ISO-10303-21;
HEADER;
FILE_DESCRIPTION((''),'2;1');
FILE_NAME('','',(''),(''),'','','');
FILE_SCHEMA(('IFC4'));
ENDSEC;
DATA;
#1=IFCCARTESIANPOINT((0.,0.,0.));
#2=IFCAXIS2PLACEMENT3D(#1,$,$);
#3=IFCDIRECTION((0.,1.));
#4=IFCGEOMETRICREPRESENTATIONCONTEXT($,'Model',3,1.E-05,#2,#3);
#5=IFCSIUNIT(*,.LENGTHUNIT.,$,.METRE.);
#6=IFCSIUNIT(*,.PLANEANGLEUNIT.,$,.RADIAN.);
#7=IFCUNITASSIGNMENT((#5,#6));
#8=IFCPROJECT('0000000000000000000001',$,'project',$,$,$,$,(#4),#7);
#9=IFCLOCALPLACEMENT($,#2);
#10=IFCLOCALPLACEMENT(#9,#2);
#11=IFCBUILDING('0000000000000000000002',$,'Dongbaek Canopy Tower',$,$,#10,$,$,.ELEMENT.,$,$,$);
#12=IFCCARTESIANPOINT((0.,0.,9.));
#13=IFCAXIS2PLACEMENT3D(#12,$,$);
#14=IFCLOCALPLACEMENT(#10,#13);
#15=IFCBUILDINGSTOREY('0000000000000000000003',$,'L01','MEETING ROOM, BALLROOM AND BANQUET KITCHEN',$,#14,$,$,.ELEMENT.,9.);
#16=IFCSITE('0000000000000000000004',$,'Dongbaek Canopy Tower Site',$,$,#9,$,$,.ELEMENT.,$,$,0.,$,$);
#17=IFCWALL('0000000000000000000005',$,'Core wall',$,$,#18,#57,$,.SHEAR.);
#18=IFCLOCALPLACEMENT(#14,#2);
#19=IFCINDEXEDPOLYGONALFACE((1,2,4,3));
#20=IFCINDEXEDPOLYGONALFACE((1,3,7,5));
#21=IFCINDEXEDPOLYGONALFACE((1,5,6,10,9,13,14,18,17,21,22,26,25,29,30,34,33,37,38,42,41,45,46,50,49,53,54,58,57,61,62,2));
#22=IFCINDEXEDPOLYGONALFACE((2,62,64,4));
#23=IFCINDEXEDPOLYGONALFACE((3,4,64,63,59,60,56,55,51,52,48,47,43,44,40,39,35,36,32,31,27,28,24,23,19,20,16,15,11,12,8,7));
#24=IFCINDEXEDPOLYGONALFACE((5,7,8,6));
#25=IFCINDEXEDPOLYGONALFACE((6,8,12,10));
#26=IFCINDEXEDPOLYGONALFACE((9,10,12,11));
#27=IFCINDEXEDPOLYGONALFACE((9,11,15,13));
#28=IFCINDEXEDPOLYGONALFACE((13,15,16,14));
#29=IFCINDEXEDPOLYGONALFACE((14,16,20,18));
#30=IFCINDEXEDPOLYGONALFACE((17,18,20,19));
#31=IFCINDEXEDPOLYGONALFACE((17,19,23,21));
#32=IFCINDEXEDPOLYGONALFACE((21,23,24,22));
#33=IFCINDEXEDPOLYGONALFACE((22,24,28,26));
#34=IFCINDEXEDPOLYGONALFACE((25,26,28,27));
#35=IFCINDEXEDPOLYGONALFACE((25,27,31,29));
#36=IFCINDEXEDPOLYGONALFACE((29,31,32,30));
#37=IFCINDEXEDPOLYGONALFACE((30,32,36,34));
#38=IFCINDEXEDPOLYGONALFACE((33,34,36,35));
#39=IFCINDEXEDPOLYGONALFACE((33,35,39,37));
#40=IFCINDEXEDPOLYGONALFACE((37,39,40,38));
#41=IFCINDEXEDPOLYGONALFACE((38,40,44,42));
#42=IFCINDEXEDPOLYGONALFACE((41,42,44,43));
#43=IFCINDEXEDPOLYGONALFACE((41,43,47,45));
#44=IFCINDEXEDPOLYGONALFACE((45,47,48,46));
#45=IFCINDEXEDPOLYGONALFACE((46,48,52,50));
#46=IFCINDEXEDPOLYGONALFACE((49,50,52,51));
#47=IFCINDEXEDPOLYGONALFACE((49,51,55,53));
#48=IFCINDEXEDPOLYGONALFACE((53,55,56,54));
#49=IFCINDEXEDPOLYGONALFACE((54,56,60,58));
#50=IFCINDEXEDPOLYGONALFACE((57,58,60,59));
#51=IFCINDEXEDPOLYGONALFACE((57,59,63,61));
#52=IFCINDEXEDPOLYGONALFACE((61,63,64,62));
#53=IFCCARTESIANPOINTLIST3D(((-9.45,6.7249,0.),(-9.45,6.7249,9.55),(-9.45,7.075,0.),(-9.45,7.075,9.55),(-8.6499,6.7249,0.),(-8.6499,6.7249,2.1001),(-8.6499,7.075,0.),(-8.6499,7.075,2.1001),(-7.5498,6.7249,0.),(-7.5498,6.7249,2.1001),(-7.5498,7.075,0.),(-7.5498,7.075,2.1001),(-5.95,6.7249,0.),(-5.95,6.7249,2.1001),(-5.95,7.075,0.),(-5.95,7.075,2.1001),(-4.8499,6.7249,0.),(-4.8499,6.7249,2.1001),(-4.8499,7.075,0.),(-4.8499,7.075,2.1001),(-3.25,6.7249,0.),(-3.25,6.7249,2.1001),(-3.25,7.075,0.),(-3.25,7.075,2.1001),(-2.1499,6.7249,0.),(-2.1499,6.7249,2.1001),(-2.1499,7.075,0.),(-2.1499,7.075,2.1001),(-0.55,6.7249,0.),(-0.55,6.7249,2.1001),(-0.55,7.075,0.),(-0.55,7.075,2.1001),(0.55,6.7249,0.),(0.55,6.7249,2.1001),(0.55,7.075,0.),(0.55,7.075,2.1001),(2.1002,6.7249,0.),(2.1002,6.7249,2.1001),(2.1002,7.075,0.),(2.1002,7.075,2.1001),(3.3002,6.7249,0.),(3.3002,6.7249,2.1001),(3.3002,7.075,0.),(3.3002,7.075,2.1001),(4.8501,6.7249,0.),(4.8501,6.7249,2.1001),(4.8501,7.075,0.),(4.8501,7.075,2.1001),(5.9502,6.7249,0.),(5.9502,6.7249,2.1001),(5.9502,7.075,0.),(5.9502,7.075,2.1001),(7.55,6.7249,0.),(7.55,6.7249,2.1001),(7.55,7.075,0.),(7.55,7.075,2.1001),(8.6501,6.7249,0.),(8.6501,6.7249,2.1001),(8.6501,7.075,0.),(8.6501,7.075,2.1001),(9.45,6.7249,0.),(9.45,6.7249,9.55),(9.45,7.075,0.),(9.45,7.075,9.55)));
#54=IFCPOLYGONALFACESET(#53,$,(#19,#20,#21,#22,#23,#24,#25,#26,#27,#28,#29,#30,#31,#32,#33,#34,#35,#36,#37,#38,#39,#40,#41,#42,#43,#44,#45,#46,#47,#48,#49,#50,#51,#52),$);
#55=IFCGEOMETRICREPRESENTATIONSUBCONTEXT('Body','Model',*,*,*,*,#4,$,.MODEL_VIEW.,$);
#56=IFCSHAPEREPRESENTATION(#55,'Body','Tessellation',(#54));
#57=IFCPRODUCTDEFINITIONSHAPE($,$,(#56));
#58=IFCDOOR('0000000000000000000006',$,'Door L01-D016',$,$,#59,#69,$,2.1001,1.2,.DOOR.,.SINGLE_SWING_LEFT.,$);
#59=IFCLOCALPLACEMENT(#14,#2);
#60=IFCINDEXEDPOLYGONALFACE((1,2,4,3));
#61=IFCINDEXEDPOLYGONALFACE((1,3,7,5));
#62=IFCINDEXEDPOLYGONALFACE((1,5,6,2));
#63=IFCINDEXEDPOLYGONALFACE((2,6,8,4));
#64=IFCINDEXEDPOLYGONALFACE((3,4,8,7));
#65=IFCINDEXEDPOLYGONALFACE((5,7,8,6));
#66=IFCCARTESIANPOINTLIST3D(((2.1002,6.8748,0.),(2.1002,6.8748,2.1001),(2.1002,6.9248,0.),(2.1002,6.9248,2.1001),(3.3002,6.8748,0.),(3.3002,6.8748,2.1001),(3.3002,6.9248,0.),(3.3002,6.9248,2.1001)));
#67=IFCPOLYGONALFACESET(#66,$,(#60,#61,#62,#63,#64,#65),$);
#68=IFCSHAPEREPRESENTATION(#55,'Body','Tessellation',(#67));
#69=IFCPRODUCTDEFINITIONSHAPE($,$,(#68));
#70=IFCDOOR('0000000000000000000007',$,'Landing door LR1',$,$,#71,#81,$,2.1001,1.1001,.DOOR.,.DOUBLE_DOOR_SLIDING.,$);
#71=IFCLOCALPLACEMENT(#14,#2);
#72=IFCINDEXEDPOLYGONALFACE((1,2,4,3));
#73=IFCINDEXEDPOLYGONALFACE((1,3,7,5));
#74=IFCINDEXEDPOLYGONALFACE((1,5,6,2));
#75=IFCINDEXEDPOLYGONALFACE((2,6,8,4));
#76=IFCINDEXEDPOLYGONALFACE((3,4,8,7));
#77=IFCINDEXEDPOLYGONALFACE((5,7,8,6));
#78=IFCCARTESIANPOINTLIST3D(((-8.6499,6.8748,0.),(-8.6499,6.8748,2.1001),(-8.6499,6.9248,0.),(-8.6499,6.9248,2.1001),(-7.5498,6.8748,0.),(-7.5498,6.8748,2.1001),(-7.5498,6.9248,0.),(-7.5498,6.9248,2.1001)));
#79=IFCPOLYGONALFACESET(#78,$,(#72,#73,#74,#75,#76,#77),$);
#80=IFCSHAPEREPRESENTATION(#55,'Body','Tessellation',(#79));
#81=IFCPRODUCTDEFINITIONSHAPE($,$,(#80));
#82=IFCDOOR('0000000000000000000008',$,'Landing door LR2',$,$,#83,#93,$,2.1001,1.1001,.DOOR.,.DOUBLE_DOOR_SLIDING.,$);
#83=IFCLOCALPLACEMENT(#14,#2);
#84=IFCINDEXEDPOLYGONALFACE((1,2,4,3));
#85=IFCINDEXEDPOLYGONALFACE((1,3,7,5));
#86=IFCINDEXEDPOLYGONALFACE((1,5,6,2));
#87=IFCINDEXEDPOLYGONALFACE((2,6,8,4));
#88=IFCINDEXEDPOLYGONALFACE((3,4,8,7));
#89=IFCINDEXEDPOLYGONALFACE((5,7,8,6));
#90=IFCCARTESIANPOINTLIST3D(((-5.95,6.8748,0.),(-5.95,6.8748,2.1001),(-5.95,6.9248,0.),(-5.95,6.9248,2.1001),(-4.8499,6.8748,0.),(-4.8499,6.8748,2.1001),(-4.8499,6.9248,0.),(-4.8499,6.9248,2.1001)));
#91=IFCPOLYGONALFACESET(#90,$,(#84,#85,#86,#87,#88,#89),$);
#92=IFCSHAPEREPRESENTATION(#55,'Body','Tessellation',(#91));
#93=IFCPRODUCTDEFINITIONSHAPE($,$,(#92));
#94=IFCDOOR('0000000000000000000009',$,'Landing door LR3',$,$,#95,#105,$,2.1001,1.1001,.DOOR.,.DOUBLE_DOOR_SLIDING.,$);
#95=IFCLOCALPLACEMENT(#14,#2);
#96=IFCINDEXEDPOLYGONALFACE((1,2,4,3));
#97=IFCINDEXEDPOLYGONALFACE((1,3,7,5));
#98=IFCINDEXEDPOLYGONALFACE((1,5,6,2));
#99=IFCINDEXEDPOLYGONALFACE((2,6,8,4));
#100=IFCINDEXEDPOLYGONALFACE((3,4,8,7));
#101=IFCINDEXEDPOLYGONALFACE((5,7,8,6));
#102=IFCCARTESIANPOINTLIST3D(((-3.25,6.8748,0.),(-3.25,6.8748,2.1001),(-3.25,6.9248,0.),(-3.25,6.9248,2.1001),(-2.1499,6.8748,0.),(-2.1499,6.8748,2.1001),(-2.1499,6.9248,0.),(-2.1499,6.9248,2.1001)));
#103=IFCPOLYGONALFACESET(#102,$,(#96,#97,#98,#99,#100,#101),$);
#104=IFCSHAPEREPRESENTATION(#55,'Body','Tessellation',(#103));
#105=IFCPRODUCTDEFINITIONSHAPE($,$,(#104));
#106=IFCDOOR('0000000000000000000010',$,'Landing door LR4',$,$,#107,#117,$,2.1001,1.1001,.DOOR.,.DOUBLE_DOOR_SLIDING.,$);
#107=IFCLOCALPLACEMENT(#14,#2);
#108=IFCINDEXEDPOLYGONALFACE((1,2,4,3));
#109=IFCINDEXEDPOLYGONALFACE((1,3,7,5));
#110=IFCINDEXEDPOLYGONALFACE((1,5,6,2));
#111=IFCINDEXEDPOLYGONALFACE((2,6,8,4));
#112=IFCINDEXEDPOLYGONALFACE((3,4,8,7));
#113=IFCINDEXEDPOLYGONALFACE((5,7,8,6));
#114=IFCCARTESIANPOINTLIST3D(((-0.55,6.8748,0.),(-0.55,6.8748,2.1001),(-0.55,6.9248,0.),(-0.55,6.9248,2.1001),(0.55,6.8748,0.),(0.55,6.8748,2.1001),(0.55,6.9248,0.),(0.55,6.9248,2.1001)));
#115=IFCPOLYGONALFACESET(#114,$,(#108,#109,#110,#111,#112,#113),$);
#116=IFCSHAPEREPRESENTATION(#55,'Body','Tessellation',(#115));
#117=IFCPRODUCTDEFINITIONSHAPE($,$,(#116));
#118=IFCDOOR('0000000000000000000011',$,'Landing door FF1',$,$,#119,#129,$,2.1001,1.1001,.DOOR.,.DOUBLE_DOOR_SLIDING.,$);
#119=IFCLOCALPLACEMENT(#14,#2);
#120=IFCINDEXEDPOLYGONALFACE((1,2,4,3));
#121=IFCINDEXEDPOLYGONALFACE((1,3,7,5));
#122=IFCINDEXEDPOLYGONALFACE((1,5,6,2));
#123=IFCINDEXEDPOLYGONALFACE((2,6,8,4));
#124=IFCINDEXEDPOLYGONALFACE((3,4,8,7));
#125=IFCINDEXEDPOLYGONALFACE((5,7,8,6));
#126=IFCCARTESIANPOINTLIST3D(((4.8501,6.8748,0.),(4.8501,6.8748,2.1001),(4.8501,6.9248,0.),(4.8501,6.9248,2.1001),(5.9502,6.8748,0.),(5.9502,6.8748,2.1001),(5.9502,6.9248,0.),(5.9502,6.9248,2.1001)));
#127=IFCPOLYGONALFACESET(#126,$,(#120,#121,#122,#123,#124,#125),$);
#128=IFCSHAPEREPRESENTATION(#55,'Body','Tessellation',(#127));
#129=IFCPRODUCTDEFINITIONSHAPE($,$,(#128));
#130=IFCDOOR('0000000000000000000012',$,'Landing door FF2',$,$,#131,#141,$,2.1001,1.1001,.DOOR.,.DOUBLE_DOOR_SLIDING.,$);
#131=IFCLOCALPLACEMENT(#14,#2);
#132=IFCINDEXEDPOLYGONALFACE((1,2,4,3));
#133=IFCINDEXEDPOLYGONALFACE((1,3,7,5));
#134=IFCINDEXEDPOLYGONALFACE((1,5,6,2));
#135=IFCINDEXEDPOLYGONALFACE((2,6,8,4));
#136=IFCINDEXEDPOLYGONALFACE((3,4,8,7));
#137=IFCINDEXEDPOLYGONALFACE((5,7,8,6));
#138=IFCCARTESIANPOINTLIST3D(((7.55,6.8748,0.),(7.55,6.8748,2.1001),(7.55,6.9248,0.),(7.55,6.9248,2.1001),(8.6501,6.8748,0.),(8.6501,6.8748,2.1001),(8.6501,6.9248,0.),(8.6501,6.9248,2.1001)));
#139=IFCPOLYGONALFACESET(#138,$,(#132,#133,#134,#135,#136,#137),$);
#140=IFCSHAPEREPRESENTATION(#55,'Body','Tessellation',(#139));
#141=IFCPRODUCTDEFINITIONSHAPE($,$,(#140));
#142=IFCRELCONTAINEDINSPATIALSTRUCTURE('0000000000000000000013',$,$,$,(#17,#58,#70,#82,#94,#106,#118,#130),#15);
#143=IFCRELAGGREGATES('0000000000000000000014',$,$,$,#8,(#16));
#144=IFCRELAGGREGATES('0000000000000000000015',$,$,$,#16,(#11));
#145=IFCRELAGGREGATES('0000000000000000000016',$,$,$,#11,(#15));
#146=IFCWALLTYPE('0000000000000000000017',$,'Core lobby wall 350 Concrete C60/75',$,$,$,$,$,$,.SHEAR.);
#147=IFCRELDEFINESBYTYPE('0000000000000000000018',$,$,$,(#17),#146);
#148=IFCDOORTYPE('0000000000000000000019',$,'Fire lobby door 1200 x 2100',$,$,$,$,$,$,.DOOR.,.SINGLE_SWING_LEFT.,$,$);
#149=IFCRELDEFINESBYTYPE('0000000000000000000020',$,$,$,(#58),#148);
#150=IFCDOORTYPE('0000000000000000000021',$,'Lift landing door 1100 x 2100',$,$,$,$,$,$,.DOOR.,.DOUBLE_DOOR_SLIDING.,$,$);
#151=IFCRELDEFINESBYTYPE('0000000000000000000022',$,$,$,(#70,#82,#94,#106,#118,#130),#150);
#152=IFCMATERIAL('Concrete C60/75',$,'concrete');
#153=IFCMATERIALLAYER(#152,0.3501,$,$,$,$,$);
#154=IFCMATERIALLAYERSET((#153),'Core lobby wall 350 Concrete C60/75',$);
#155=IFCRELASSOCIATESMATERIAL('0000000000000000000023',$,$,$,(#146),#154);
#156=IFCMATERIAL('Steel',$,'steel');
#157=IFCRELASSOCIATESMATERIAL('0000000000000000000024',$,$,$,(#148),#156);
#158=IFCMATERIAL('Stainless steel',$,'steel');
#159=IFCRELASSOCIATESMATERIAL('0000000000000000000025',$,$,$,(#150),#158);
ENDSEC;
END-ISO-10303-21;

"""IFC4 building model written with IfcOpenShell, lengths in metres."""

from ifc_helpers import new_model, si_unit, direction, frame, frame_2d, origin, place, context, subcontext, project, spatial, rectangle, extrude, material, layer, layer_set, type_object, element, fill, save


model = new_model("IFC4")

# Units and contexts
model_context = context("Model", 3, precision=1e-05, world=origin(), true_north=direction((0.0, 1.0)))
body_context = subcontext(model_context, "Body", "Model", "MODEL_VIEW")
ifc_project = project(units=[si_unit("LENGTHUNIT", "METRE"), si_unit("PLANEANGLEUNIT", "RADIAN")], contexts=[model_context])

# Site, building, storey
site_placement = place(None, origin())
site = spatial("IfcSite", under=ifc_project, at=site_placement, Name="Dongbaek Canopy Tower Site", CompositionType="ELEMENT", RefElevation=0.0)
building_placement = place(site_placement, origin())
building = spatial("IfcBuilding", under=site, at=building_placement, Name="Dongbaek Canopy Tower", CompositionType="ELEMENT")
storey_placement = place(building_placement, frame((0.0, 0.0, 9.0)))
storey = spatial("IfcBuildingStorey", under=building, at=storey_placement, Name="L01", Description="MEETING ROOM, BALLROOM AND BANQUET KITCHEN", CompositionType="ELEMENT", Elevation=9.0)

# Wall, openings, doors
ifc_material_1 = material(Name="Concrete C60/75", Category="concrete")
ifc_layer_1 = layer(ifc_material_1, 0.3501)
ifc_layer_set_1 = layer_set([ifc_layer_1], Name="Core lobby wall 350 Concrete C60/75")
wall_type_1 = type_object("IfcWallType", Name="Core lobby wall 350 Concrete C60/75", PredefinedType="SHEAR", material=ifc_layer_set_1)
wall_1_placement = place(storey_placement, frame((-9.45, 6.8999, 0.0), z_axis=(0.0, 0.0, 1.0), x_axis=(1.0, 0.0, 0.0)))
wall_1 = element("IfcWall", 1, at=wall_1_placement, inside=storey, type_object=wall_type_1, Name="Core wall", PredefinedType="SHEAR", context=body_context, shape_type="SweptSolid", body=[
    extrude(rectangle(XDim=18.8999, YDim=0.3501, at=frame_2d((9.45, 0.0))), origin(), (0.0, 0.0, 1.0), 9.55),
])
opening_1_placement = place(wall_1_placement, frame((0.8, 0.0, 0.0)))
opening_1 = element("IfcOpeningElement", 2, at=opening_1_placement, cuts=wall_1, PredefinedType="OPENING", context=body_context, shape_type="SweptSolid", body=[
    extrude(rectangle(XDim=1.1001, YDim=2.1001, at=frame_2d((0.55, 1.05))), frame((0.0, 0.1851, 0.0), z_axis=(0.0, -1.0, 0.0), x_axis=(1.0, 0.0, 0.0)), (0.0, 0.0, 1.0), 0.3701),
])
opening_2_placement = place(wall_1_placement, frame((3.5, 0.0, 0.0)))
opening_2 = element("IfcOpeningElement", 3, at=opening_2_placement, cuts=wall_1, PredefinedType="OPENING", context=body_context, shape_type="SweptSolid", body=[
    extrude(rectangle(XDim=1.1001, YDim=2.1001, at=frame_2d((0.55, 1.05))), frame((0.0, 0.1851, 0.0), z_axis=(0.0, -1.0, 0.0), x_axis=(1.0, 0.0, 0.0)), (0.0, 0.0, 1.0), 0.3701),
])
opening_3_placement = place(wall_1_placement, frame((6.2, 0.0, 0.0)))
opening_3 = element("IfcOpeningElement", 4, at=opening_3_placement, cuts=wall_1, PredefinedType="OPENING", context=body_context, shape_type="SweptSolid", body=[
    extrude(rectangle(XDim=1.1001, YDim=2.1001, at=frame_2d((0.55, 1.05))), frame((0.0, 0.1851, 0.0), z_axis=(0.0, -1.0, 0.0), x_axis=(1.0, 0.0, 0.0)), (0.0, 0.0, 1.0), 0.3701),
])
opening_4_placement = place(wall_1_placement, frame((8.8999, 0.0, 0.0)))
opening_4 = element("IfcOpeningElement", 5, at=opening_4_placement, cuts=wall_1, PredefinedType="OPENING", context=body_context, shape_type="SweptSolid", body=[
    extrude(rectangle(XDim=1.1001, YDim=2.1001, at=frame_2d((0.55, 1.05))), frame((0.0, 0.1851, 0.0), z_axis=(0.0, -1.0, 0.0), x_axis=(1.0, 0.0, 0.0)), (0.0, 0.0, 1.0), 0.3701),
])
opening_5_placement = place(wall_1_placement, frame((11.55, 0.0, 0.0)))
opening_5 = element("IfcOpeningElement", 6, at=opening_5_placement, cuts=wall_1, PredefinedType="OPENING", context=body_context, shape_type="SweptSolid", body=[
    extrude(rectangle(XDim=1.2, YDim=2.1001, at=frame_2d((0.6001, 1.05))), frame((0.0, 0.1851, 0.0), z_axis=(0.0, -1.0, 0.0), x_axis=(1.0, 0.0, 0.0)), (0.0, 0.0, 1.0), 0.3701),
])
opening_6_placement = place(wall_1_placement, frame((14.3, 0.0, 0.0)))
opening_6 = element("IfcOpeningElement", 7, at=opening_6_placement, cuts=wall_1, PredefinedType="OPENING", context=body_context, shape_type="SweptSolid", body=[
    extrude(rectangle(XDim=1.1001, YDim=2.1001, at=frame_2d((0.55, 1.05))), frame((0.0, 0.1851, 0.0), z_axis=(0.0, -1.0, 0.0), x_axis=(1.0, 0.0, 0.0)), (0.0, 0.0, 1.0), 0.3701),
])
opening_7_placement = place(wall_1_placement, frame((17.0, 0.0, 0.0)))
opening_7 = element("IfcOpeningElement", 8, at=opening_7_placement, cuts=wall_1, PredefinedType="OPENING", context=body_context, shape_type="SweptSolid", body=[
    extrude(rectangle(XDim=1.1001, YDim=2.1001, at=frame_2d((0.55, 1.05))), frame((0.0, 0.1851, 0.0), z_axis=(0.0, -1.0, 0.0), x_axis=(1.0, 0.0, 0.0)), (0.0, 0.0, 1.0), 0.3701),
])
ifc_material_2 = material(Name="Steel", Category="steel")
door_type_1 = type_object("IfcDoorType", Name="Fire lobby door 1200 x 2100", OperationType="SINGLE_SWING_LEFT", PredefinedType="DOOR", material=ifc_material_2)
door_1_placement = place(opening_5_placement, origin())
door_1 = element("IfcDoor", 9, at=door_1_placement, inside=storey, type_object=door_type_1, Name="Door L01-D016", OperationType="SINGLE_SWING_LEFT", OverallHeight=2.1001, OverallWidth=1.2, PredefinedType="DOOR", context=body_context, shape_type="SweptSolid", body=[
    extrude(rectangle(XDim=1.2, YDim=2.1001, at=frame_2d((0.6001, 1.05))), frame((0.0, 0.0249, 0.0), z_axis=(0.0, -1.0, 0.0), x_axis=(1.0, 0.0, 0.0)), (0.0, 0.0, 1.0), 0.05),
])
fill(opening_5, door_1)
ifc_material_3 = material(Name="Stainless steel", Category="steel")
door_type_2 = type_object("IfcDoorType", Name="Lift landing door 1100 x 2100", OperationType="DOUBLE_DOOR_SLIDING", PredefinedType="DOOR", material=ifc_material_3)
door_2_placement = place(opening_1_placement, origin())
door_2 = element("IfcDoor", 10, at=door_2_placement, inside=storey, type_object=door_type_2, Name="Landing door LR1", OperationType="DOUBLE_DOOR_SLIDING", OverallHeight=2.1001, OverallWidth=1.1001, PredefinedType="DOOR", context=body_context, shape_type="SweptSolid", body=[
    extrude(rectangle(XDim=1.1001, YDim=2.1001, at=frame_2d((0.55, 1.05))), frame((0.0, 0.0249, 0.0), z_axis=(0.0, -1.0, 0.0), x_axis=(1.0, 0.0, 0.0)), (0.0, 0.0, 1.0), 0.05),
])
fill(opening_1, door_2)
door_3_placement = place(opening_2_placement, origin())
door_3 = element("IfcDoor", 11, at=door_3_placement, inside=storey, type_object=door_type_2, Name="Landing door LR2", OperationType="DOUBLE_DOOR_SLIDING", OverallHeight=2.1001, OverallWidth=1.1001, PredefinedType="DOOR", context=body_context, shape_type="SweptSolid", body=[
    extrude(rectangle(XDim=1.1001, YDim=2.1001, at=frame_2d((0.55, 1.05))), frame((0.0, 0.0249, 0.0), z_axis=(0.0, -1.0, 0.0), x_axis=(1.0, 0.0, 0.0)), (0.0, 0.0, 1.0), 0.05),
])
fill(opening_2, door_3)
door_4_placement = place(opening_3_placement, origin())
door_4 = element("IfcDoor", 12, at=door_4_placement, inside=storey, type_object=door_type_2, Name="Landing door LR3", OperationType="DOUBLE_DOOR_SLIDING", OverallHeight=2.1001, OverallWidth=1.1001, PredefinedType="DOOR", context=body_context, shape_type="SweptSolid", body=[
    extrude(rectangle(XDim=1.1001, YDim=2.1001, at=frame_2d((0.55, 1.05))), frame((0.0, 0.0249, 0.0), z_axis=(0.0, -1.0, 0.0), x_axis=(1.0, 0.0, 0.0)), (0.0, 0.0, 1.0), 0.05),
])
fill(opening_3, door_4)
door_5_placement = place(opening_4_placement, origin())
door_5 = element("IfcDoor", 13, at=door_5_placement, inside=storey, type_object=door_type_2, Name="Landing door LR4", OperationType="DOUBLE_DOOR_SLIDING", OverallHeight=2.1001, OverallWidth=1.1001, PredefinedType="DOOR", context=body_context, shape_type="SweptSolid", body=[
    extrude(rectangle(XDim=1.1001, YDim=2.1001, at=frame_2d((0.55, 1.05))), frame((0.0, 0.0249, 0.0), z_axis=(0.0, -1.0, 0.0), x_axis=(1.0, 0.0, 0.0)), (0.0, 0.0, 1.0), 0.05),
])
fill(opening_4, door_5)
door_6_placement = place(opening_6_placement, origin())
door_6 = element("IfcDoor", 14, at=door_6_placement, inside=storey, type_object=door_type_2, Name="Landing door FF1", OperationType="DOUBLE_DOOR_SLIDING", OverallHeight=2.1001, OverallWidth=1.1001, PredefinedType="DOOR", context=body_context, shape_type="SweptSolid", body=[
    extrude(rectangle(XDim=1.1001, YDim=2.1001, at=frame_2d((0.55, 1.05))), frame((0.0, 0.0249, 0.0), z_axis=(0.0, -1.0, 0.0), x_axis=(1.0, 0.0, 0.0)), (0.0, 0.0, 1.0), 0.05),
])
fill(opening_6, door_6)
door_7_placement = place(opening_7_placement, origin())
door_7 = element("IfcDoor", 15, at=door_7_placement, inside=storey, type_object=door_type_2, Name="Landing door FF2", OperationType="DOUBLE_DOOR_SLIDING", OverallHeight=2.1001, OverallWidth=1.1001, PredefinedType="DOOR", context=body_context, shape_type="SweptSolid", body=[
    extrude(rectangle(XDim=1.1001, YDim=2.1001, at=frame_2d((0.55, 1.05))), frame((0.0, 0.0249, 0.0), z_axis=(0.0, -1.0, 0.0), x_axis=(1.0, 0.0, 0.0)), (0.0, 0.0, 1.0), 0.05),
])
fill(opening_7, door_7)

save(model, "model.ifc")
